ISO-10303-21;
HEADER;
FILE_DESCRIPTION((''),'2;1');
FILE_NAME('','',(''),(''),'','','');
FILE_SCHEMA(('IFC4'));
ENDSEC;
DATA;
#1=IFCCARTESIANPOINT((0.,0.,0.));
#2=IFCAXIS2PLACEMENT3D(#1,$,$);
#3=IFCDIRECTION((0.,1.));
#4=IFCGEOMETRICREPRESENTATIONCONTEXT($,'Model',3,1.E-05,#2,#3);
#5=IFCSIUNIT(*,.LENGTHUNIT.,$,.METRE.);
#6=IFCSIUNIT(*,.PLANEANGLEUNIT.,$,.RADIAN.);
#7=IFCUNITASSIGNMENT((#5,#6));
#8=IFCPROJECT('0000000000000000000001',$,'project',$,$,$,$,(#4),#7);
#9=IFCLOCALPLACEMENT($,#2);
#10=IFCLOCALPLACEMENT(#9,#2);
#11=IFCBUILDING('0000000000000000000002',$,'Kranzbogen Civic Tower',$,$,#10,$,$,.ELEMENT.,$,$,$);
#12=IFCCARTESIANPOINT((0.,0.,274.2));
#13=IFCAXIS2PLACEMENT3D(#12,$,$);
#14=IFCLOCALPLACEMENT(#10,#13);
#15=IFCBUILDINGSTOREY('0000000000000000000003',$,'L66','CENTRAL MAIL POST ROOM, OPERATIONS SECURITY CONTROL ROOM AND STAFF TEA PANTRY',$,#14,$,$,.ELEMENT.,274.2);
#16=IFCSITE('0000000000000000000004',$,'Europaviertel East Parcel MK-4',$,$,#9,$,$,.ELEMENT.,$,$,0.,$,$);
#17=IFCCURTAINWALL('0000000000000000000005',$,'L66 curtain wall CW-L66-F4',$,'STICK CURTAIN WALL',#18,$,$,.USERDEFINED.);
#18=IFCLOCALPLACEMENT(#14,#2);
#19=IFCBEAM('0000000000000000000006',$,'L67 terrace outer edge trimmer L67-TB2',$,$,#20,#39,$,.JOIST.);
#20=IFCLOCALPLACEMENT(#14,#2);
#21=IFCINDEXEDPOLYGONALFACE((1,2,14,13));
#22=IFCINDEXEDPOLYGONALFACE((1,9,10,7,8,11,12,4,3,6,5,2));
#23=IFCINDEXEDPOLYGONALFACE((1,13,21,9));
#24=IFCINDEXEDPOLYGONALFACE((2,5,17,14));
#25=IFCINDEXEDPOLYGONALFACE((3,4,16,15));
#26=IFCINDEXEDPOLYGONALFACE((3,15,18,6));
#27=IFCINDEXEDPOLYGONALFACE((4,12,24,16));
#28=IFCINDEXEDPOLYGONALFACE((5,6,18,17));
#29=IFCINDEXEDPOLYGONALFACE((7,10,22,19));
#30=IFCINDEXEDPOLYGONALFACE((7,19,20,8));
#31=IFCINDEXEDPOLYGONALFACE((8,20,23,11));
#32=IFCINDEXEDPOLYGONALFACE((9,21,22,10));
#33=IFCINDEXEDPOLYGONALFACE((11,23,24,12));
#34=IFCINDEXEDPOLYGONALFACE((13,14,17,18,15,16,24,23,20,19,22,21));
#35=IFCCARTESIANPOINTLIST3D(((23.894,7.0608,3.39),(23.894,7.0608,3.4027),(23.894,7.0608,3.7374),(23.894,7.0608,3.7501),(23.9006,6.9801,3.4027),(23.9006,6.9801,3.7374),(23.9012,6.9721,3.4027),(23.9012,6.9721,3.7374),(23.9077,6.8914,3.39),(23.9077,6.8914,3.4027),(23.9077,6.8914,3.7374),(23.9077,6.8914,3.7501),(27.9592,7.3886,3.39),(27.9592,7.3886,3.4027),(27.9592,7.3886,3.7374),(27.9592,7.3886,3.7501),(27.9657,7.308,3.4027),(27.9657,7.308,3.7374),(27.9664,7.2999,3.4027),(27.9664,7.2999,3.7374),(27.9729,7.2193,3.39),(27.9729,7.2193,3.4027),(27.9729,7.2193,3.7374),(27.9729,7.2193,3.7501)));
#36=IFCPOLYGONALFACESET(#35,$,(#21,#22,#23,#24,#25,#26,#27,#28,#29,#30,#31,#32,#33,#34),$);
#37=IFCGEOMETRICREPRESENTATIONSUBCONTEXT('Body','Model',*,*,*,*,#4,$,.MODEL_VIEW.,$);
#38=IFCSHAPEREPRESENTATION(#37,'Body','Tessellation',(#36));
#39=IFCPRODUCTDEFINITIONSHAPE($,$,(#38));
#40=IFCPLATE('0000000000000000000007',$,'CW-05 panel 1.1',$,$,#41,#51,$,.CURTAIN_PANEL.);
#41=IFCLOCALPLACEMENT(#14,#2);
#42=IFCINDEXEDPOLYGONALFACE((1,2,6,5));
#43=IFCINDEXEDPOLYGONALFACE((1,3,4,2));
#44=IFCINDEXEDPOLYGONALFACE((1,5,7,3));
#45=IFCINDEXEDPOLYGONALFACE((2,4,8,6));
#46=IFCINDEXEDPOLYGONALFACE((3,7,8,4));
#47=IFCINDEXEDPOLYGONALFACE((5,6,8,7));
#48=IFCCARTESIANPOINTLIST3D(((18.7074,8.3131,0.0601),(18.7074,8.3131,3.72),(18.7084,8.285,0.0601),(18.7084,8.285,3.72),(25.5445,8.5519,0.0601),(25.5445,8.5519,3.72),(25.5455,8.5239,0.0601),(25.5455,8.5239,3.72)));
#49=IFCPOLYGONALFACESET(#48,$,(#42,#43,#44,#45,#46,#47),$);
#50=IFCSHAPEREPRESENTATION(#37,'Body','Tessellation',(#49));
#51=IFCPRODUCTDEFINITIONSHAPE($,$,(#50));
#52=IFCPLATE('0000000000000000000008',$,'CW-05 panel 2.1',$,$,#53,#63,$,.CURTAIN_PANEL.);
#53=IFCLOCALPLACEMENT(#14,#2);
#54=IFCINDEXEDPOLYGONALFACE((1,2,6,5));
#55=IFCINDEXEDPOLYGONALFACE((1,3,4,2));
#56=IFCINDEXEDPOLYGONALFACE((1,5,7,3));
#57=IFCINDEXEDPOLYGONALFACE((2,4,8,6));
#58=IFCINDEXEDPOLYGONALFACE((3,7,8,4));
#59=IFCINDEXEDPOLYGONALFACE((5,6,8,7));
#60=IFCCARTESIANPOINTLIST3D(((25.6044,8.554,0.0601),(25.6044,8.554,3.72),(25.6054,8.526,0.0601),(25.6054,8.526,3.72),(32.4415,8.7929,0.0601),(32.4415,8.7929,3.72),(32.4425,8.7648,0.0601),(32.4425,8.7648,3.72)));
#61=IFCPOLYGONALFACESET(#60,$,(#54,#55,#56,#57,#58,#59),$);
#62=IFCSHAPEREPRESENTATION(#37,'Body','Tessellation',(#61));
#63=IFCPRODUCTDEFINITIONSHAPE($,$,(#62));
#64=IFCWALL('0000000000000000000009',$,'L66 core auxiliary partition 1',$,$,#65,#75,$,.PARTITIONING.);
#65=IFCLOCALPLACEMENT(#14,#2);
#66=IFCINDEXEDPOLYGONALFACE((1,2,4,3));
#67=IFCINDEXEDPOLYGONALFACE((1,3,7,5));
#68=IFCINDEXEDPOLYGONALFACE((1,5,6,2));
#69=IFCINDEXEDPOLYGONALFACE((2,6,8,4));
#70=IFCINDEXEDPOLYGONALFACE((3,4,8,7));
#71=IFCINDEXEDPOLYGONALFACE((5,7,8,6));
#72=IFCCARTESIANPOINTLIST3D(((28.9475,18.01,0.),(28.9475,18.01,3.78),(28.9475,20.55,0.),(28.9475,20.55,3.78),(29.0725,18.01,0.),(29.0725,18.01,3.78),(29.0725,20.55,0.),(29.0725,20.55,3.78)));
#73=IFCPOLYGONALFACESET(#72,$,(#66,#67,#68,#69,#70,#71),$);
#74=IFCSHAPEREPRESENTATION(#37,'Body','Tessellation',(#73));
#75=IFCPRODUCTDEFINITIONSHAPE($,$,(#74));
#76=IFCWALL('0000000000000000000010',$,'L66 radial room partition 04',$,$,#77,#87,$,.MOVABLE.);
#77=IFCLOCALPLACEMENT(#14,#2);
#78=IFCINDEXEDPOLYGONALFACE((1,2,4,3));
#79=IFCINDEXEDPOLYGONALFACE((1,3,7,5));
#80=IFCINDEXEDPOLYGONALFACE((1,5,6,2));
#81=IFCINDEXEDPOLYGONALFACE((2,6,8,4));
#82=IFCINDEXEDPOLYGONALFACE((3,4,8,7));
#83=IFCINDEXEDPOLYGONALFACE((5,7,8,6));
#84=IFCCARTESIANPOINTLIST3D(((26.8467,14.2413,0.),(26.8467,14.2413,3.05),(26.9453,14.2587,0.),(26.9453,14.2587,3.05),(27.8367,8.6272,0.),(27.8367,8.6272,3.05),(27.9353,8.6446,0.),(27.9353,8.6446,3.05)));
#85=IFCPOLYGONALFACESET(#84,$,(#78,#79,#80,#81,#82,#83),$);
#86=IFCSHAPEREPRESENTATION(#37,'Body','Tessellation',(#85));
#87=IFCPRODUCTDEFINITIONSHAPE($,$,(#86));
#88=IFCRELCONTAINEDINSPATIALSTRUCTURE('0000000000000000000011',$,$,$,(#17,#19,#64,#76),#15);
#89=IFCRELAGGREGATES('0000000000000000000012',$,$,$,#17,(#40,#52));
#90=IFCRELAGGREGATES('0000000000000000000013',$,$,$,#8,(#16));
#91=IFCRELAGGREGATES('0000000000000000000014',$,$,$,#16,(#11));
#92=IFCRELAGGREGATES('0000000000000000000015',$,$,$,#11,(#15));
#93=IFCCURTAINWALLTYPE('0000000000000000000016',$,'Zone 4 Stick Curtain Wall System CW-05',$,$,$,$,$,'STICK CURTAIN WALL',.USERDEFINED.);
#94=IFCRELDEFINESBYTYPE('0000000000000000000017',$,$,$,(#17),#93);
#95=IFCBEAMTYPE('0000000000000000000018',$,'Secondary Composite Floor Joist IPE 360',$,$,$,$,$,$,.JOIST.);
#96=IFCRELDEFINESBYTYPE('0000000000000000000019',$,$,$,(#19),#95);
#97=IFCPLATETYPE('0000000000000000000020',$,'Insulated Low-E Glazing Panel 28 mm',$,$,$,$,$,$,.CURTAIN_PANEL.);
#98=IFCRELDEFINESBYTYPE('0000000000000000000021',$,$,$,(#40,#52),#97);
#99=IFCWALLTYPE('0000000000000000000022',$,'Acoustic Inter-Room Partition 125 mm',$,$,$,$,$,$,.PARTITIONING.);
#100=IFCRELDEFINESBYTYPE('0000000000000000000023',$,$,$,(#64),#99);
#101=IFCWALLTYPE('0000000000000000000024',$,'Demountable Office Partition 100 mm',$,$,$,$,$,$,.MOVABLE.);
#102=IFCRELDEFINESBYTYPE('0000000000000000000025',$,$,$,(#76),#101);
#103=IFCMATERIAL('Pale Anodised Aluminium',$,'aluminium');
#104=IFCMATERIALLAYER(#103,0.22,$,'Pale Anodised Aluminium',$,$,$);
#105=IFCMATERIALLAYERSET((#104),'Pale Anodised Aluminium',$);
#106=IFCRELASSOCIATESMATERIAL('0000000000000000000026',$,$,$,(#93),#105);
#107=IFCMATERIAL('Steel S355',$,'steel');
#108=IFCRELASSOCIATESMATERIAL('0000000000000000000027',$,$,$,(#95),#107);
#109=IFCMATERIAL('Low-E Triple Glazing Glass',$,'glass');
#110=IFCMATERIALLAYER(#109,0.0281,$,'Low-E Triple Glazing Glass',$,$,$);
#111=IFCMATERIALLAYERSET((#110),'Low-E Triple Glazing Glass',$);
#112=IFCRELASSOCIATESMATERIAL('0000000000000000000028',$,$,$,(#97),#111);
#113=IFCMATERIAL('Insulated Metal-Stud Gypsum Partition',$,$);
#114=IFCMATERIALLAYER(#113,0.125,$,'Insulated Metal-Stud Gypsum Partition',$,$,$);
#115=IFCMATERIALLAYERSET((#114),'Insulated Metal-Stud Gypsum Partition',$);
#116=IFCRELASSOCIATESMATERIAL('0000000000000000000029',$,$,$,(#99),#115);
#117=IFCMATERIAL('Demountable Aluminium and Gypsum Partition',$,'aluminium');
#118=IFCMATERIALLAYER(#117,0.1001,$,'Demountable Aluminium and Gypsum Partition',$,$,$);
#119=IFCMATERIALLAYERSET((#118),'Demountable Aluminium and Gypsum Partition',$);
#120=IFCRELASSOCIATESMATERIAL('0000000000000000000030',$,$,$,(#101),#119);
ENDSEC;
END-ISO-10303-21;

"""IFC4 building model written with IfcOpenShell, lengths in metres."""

from ifc_helpers import new_model, si_unit, direction, frame, frame_2d, origin, origin_2d, place, context, subcontext, project, spatial, rectangle, i_section, extrude, material, layer, layer_set, material_profile, profile_set, type_object, element, aggregate, save


model = new_model("IFC4")

# Units and contexts
model_context = context("Model", 3, precision=1e-05, world=origin(), true_north=direction((0.0, 1.0)))
body_context = subcontext(model_context, "Body", "Model", "MODEL_VIEW")
ifc_project = project(units=[si_unit("LENGTHUNIT", "METRE"), si_unit("PLANEANGLEUNIT", "RADIAN")], contexts=[model_context])

# Site, building, storey
site_placement = place(None, origin())
site = spatial("IfcSite", under=ifc_project, at=site_placement, Name="Europaviertel East Parcel MK-4", CompositionType="ELEMENT", RefElevation=0.0)
building_placement = place(site_placement, origin())
building = spatial("IfcBuilding", under=site, at=building_placement, Name="Kranzbogen Civic Tower", CompositionType="ELEMENT")
storey_placement = place(building_placement, frame((0.0, 0.0, 274.2)))
storey = spatial("IfcBuildingStorey", under=building, at=storey_placement, Name="L66", Description="CENTRAL MAIL POST ROOM, OPERATIONS SECURITY CONTROL ROOM AND STAFF TEA PANTRY", CompositionType="ELEMENT", Elevation=274.2)

# Shared definitions
ifc_material_1 = material(Name="Steel S355", Category="steel")

# Curtain wall
ifc_material_2 = material(Name="Pale Anodised Aluminium", Category="aluminium")
ifc_layer_1 = layer(ifc_material_2, 0.22, Name="Pale Anodised Aluminium")
ifc_layer_set_1 = layer_set([ifc_layer_1], Name="Pale Anodised Aluminium")
curtain_wall_type = type_object("IfcCurtainWallType", Name="Zone 4 Stick Curtain Wall System CW-05", ElementType="STICK CURTAIN WALL", PredefinedType="USERDEFINED", material=ifc_layer_set_1)
curtain_wall_placement = place(storey_placement, origin())
curtain_wall = element("IfcCurtainWall", 1, at=curtain_wall_placement, inside=storey, type_object=curtain_wall_type, Name="L66 curtain wall CW-L66-F4", ObjectType="STICK CURTAIN WALL", PredefinedType="USERDEFINED")

# Beam
ifc_material_profile_1 = material_profile(ifc_material_1, i_section(OverallWidth=0.1699, OverallDepth=0.3601, WebThickness=0.0081, FlangeThickness=0.0127, at=origin_2d()), Name="IPE 360")
ifc_profile_set_1 = profile_set([ifc_material_profile_1], Name="Steel S355")
beam_type_1 = type_object("IfcBeamType", Name="Secondary Composite Floor Joist IPE 360", PredefinedType="JOIST", material=ifc_profile_set_1)
beam_1_placement = place(storey_placement, frame((23.9009, 6.9761, 3.5701), z_axis=(0.996763, 0.080395, 0.0), x_axis=(-0.080395, 0.996763, 0.0)))
element("IfcBeam", 2, at=beam_1_placement, inside=storey, type_object=beam_type_1, Name="L67 terrace outer edge trimmer L67-TB2", PredefinedType="JOIST", context=body_context, shape_type="SweptSolid", body=[
    extrude(i_section(OverallWidth=0.1699, OverallDepth=0.3601, WebThickness=0.0081, FlangeThickness=0.0127, at=origin_2d()), origin(), (0.0, 0.0, 1.0), 4.0784),
])

# Plates
ifc_material_3 = material(Name="Low-E Triple Glazing Glass", Category="glass")
ifc_layer_2 = layer(ifc_material_3, 0.0281, Name="Low-E Triple Glazing Glass")
ifc_layer_set_2 = layer_set([ifc_layer_2], Name="Low-E Triple Glazing Glass")
plate_type = type_object("IfcPlateType", Name="Insulated Low-E Glazing Panel 28 mm", PredefinedType="CURTAIN_PANEL", material=ifc_layer_set_2)
plate_1_placement = place(storey_placement, frame((22.1265, 8.4185, 0.0601), z_axis=(0.0, 0.0, 1.0), x_axis=(0.99939, 0.034914, 0.0)))
plate_1 = element("IfcPlate", 3, at=plate_1_placement, type_object=plate_type, Name="CW-05 panel 1.1", PredefinedType="CURTAIN_PANEL", context=body_context, shape_type="SweptSolid", body=[
    extrude(rectangle(XDim=6.8413, YDim=0.0281, at=origin_2d()), origin(), (0.0, 0.0, 1.0), 3.6599),
])
plate_2_placement = place(storey_placement, frame((29.0234, 8.6594, 0.0601), z_axis=(0.0, 0.0, 1.0), x_axis=(0.99939, 0.034914, 0.0)))
plate_2 = element("IfcPlate", 4, at=plate_2_placement, type_object=plate_type, Name="CW-05 panel 2.1", PredefinedType="CURTAIN_PANEL", context=body_context, shape_type="SweptSolid", body=[
    extrude(rectangle(XDim=6.8413, YDim=0.0281, at=origin_2d()), origin(), (0.0, 0.0, 1.0), 3.6599),
])
aggregate(curtain_wall, [plate_1, plate_2])

# Walls
ifc_material_4 = material(Name="Insulated Metal-Stud Gypsum Partition")
ifc_layer_3 = layer(ifc_material_4, 0.125, Name="Insulated Metal-Stud Gypsum Partition")
ifc_layer_set_3 = layer_set([ifc_layer_3], Name="Insulated Metal-Stud Gypsum Partition")
wall_type_1 = type_object("IfcWallType", Name="Acoustic Inter-Room Partition 125 mm", PredefinedType="PARTITIONING", material=ifc_layer_set_3)
wall_1_placement = place(storey_placement, frame((29.01, 18.01, 0.0), z_axis=(0.0, 0.0, 1.0), x_axis=(0.0, 1.0, 0.0)))
element("IfcWall", 5, at=wall_1_placement, inside=storey, type_object=wall_type_1, Name="L66 core auxiliary partition 1", PredefinedType="PARTITIONING", context=body_context, shape_type="SweptSolid", body=[
    extrude(rectangle(XDim=2.54, YDim=0.125, at=frame_2d((1.27, 0.0))), origin(), (0.0, 0.0, 1.0), 3.78),
])
ifc_material_5 = material(Name="Demountable Aluminium and Gypsum Partition", Category="aluminium")
ifc_layer_4 = layer(ifc_material_5, 0.1001, Name="Demountable Aluminium and Gypsum Partition")
ifc_layer_set_4 = layer_set([ifc_layer_4], Name="Demountable Aluminium and Gypsum Partition")
wall_type_2 = type_object("IfcWallType", Name="Demountable Office Partition 100 mm", PredefinedType="MOVABLE", material=ifc_layer_set_4)
wall_2_placement = place(storey_placement, frame((26.896, 14.25, 0.0), z_axis=(0.0, 0.0, 1.0), x_axis=(0.173663, -0.984805, 0.0)))
element("IfcWall", 6, at=wall_2_placement, inside=storey, type_object=wall_type_2, Name="L66 radial room partition 04", PredefinedType="MOVABLE", context=body_context, shape_type="SweptSolid", body=[
    extrude(rectangle(XDim=5.7007, YDim=0.1001, at=frame_2d((2.8503, 0.0))), origin(), (0.0, 0.0, 1.0), 3.05),
])

save(model, "model.ifc")
